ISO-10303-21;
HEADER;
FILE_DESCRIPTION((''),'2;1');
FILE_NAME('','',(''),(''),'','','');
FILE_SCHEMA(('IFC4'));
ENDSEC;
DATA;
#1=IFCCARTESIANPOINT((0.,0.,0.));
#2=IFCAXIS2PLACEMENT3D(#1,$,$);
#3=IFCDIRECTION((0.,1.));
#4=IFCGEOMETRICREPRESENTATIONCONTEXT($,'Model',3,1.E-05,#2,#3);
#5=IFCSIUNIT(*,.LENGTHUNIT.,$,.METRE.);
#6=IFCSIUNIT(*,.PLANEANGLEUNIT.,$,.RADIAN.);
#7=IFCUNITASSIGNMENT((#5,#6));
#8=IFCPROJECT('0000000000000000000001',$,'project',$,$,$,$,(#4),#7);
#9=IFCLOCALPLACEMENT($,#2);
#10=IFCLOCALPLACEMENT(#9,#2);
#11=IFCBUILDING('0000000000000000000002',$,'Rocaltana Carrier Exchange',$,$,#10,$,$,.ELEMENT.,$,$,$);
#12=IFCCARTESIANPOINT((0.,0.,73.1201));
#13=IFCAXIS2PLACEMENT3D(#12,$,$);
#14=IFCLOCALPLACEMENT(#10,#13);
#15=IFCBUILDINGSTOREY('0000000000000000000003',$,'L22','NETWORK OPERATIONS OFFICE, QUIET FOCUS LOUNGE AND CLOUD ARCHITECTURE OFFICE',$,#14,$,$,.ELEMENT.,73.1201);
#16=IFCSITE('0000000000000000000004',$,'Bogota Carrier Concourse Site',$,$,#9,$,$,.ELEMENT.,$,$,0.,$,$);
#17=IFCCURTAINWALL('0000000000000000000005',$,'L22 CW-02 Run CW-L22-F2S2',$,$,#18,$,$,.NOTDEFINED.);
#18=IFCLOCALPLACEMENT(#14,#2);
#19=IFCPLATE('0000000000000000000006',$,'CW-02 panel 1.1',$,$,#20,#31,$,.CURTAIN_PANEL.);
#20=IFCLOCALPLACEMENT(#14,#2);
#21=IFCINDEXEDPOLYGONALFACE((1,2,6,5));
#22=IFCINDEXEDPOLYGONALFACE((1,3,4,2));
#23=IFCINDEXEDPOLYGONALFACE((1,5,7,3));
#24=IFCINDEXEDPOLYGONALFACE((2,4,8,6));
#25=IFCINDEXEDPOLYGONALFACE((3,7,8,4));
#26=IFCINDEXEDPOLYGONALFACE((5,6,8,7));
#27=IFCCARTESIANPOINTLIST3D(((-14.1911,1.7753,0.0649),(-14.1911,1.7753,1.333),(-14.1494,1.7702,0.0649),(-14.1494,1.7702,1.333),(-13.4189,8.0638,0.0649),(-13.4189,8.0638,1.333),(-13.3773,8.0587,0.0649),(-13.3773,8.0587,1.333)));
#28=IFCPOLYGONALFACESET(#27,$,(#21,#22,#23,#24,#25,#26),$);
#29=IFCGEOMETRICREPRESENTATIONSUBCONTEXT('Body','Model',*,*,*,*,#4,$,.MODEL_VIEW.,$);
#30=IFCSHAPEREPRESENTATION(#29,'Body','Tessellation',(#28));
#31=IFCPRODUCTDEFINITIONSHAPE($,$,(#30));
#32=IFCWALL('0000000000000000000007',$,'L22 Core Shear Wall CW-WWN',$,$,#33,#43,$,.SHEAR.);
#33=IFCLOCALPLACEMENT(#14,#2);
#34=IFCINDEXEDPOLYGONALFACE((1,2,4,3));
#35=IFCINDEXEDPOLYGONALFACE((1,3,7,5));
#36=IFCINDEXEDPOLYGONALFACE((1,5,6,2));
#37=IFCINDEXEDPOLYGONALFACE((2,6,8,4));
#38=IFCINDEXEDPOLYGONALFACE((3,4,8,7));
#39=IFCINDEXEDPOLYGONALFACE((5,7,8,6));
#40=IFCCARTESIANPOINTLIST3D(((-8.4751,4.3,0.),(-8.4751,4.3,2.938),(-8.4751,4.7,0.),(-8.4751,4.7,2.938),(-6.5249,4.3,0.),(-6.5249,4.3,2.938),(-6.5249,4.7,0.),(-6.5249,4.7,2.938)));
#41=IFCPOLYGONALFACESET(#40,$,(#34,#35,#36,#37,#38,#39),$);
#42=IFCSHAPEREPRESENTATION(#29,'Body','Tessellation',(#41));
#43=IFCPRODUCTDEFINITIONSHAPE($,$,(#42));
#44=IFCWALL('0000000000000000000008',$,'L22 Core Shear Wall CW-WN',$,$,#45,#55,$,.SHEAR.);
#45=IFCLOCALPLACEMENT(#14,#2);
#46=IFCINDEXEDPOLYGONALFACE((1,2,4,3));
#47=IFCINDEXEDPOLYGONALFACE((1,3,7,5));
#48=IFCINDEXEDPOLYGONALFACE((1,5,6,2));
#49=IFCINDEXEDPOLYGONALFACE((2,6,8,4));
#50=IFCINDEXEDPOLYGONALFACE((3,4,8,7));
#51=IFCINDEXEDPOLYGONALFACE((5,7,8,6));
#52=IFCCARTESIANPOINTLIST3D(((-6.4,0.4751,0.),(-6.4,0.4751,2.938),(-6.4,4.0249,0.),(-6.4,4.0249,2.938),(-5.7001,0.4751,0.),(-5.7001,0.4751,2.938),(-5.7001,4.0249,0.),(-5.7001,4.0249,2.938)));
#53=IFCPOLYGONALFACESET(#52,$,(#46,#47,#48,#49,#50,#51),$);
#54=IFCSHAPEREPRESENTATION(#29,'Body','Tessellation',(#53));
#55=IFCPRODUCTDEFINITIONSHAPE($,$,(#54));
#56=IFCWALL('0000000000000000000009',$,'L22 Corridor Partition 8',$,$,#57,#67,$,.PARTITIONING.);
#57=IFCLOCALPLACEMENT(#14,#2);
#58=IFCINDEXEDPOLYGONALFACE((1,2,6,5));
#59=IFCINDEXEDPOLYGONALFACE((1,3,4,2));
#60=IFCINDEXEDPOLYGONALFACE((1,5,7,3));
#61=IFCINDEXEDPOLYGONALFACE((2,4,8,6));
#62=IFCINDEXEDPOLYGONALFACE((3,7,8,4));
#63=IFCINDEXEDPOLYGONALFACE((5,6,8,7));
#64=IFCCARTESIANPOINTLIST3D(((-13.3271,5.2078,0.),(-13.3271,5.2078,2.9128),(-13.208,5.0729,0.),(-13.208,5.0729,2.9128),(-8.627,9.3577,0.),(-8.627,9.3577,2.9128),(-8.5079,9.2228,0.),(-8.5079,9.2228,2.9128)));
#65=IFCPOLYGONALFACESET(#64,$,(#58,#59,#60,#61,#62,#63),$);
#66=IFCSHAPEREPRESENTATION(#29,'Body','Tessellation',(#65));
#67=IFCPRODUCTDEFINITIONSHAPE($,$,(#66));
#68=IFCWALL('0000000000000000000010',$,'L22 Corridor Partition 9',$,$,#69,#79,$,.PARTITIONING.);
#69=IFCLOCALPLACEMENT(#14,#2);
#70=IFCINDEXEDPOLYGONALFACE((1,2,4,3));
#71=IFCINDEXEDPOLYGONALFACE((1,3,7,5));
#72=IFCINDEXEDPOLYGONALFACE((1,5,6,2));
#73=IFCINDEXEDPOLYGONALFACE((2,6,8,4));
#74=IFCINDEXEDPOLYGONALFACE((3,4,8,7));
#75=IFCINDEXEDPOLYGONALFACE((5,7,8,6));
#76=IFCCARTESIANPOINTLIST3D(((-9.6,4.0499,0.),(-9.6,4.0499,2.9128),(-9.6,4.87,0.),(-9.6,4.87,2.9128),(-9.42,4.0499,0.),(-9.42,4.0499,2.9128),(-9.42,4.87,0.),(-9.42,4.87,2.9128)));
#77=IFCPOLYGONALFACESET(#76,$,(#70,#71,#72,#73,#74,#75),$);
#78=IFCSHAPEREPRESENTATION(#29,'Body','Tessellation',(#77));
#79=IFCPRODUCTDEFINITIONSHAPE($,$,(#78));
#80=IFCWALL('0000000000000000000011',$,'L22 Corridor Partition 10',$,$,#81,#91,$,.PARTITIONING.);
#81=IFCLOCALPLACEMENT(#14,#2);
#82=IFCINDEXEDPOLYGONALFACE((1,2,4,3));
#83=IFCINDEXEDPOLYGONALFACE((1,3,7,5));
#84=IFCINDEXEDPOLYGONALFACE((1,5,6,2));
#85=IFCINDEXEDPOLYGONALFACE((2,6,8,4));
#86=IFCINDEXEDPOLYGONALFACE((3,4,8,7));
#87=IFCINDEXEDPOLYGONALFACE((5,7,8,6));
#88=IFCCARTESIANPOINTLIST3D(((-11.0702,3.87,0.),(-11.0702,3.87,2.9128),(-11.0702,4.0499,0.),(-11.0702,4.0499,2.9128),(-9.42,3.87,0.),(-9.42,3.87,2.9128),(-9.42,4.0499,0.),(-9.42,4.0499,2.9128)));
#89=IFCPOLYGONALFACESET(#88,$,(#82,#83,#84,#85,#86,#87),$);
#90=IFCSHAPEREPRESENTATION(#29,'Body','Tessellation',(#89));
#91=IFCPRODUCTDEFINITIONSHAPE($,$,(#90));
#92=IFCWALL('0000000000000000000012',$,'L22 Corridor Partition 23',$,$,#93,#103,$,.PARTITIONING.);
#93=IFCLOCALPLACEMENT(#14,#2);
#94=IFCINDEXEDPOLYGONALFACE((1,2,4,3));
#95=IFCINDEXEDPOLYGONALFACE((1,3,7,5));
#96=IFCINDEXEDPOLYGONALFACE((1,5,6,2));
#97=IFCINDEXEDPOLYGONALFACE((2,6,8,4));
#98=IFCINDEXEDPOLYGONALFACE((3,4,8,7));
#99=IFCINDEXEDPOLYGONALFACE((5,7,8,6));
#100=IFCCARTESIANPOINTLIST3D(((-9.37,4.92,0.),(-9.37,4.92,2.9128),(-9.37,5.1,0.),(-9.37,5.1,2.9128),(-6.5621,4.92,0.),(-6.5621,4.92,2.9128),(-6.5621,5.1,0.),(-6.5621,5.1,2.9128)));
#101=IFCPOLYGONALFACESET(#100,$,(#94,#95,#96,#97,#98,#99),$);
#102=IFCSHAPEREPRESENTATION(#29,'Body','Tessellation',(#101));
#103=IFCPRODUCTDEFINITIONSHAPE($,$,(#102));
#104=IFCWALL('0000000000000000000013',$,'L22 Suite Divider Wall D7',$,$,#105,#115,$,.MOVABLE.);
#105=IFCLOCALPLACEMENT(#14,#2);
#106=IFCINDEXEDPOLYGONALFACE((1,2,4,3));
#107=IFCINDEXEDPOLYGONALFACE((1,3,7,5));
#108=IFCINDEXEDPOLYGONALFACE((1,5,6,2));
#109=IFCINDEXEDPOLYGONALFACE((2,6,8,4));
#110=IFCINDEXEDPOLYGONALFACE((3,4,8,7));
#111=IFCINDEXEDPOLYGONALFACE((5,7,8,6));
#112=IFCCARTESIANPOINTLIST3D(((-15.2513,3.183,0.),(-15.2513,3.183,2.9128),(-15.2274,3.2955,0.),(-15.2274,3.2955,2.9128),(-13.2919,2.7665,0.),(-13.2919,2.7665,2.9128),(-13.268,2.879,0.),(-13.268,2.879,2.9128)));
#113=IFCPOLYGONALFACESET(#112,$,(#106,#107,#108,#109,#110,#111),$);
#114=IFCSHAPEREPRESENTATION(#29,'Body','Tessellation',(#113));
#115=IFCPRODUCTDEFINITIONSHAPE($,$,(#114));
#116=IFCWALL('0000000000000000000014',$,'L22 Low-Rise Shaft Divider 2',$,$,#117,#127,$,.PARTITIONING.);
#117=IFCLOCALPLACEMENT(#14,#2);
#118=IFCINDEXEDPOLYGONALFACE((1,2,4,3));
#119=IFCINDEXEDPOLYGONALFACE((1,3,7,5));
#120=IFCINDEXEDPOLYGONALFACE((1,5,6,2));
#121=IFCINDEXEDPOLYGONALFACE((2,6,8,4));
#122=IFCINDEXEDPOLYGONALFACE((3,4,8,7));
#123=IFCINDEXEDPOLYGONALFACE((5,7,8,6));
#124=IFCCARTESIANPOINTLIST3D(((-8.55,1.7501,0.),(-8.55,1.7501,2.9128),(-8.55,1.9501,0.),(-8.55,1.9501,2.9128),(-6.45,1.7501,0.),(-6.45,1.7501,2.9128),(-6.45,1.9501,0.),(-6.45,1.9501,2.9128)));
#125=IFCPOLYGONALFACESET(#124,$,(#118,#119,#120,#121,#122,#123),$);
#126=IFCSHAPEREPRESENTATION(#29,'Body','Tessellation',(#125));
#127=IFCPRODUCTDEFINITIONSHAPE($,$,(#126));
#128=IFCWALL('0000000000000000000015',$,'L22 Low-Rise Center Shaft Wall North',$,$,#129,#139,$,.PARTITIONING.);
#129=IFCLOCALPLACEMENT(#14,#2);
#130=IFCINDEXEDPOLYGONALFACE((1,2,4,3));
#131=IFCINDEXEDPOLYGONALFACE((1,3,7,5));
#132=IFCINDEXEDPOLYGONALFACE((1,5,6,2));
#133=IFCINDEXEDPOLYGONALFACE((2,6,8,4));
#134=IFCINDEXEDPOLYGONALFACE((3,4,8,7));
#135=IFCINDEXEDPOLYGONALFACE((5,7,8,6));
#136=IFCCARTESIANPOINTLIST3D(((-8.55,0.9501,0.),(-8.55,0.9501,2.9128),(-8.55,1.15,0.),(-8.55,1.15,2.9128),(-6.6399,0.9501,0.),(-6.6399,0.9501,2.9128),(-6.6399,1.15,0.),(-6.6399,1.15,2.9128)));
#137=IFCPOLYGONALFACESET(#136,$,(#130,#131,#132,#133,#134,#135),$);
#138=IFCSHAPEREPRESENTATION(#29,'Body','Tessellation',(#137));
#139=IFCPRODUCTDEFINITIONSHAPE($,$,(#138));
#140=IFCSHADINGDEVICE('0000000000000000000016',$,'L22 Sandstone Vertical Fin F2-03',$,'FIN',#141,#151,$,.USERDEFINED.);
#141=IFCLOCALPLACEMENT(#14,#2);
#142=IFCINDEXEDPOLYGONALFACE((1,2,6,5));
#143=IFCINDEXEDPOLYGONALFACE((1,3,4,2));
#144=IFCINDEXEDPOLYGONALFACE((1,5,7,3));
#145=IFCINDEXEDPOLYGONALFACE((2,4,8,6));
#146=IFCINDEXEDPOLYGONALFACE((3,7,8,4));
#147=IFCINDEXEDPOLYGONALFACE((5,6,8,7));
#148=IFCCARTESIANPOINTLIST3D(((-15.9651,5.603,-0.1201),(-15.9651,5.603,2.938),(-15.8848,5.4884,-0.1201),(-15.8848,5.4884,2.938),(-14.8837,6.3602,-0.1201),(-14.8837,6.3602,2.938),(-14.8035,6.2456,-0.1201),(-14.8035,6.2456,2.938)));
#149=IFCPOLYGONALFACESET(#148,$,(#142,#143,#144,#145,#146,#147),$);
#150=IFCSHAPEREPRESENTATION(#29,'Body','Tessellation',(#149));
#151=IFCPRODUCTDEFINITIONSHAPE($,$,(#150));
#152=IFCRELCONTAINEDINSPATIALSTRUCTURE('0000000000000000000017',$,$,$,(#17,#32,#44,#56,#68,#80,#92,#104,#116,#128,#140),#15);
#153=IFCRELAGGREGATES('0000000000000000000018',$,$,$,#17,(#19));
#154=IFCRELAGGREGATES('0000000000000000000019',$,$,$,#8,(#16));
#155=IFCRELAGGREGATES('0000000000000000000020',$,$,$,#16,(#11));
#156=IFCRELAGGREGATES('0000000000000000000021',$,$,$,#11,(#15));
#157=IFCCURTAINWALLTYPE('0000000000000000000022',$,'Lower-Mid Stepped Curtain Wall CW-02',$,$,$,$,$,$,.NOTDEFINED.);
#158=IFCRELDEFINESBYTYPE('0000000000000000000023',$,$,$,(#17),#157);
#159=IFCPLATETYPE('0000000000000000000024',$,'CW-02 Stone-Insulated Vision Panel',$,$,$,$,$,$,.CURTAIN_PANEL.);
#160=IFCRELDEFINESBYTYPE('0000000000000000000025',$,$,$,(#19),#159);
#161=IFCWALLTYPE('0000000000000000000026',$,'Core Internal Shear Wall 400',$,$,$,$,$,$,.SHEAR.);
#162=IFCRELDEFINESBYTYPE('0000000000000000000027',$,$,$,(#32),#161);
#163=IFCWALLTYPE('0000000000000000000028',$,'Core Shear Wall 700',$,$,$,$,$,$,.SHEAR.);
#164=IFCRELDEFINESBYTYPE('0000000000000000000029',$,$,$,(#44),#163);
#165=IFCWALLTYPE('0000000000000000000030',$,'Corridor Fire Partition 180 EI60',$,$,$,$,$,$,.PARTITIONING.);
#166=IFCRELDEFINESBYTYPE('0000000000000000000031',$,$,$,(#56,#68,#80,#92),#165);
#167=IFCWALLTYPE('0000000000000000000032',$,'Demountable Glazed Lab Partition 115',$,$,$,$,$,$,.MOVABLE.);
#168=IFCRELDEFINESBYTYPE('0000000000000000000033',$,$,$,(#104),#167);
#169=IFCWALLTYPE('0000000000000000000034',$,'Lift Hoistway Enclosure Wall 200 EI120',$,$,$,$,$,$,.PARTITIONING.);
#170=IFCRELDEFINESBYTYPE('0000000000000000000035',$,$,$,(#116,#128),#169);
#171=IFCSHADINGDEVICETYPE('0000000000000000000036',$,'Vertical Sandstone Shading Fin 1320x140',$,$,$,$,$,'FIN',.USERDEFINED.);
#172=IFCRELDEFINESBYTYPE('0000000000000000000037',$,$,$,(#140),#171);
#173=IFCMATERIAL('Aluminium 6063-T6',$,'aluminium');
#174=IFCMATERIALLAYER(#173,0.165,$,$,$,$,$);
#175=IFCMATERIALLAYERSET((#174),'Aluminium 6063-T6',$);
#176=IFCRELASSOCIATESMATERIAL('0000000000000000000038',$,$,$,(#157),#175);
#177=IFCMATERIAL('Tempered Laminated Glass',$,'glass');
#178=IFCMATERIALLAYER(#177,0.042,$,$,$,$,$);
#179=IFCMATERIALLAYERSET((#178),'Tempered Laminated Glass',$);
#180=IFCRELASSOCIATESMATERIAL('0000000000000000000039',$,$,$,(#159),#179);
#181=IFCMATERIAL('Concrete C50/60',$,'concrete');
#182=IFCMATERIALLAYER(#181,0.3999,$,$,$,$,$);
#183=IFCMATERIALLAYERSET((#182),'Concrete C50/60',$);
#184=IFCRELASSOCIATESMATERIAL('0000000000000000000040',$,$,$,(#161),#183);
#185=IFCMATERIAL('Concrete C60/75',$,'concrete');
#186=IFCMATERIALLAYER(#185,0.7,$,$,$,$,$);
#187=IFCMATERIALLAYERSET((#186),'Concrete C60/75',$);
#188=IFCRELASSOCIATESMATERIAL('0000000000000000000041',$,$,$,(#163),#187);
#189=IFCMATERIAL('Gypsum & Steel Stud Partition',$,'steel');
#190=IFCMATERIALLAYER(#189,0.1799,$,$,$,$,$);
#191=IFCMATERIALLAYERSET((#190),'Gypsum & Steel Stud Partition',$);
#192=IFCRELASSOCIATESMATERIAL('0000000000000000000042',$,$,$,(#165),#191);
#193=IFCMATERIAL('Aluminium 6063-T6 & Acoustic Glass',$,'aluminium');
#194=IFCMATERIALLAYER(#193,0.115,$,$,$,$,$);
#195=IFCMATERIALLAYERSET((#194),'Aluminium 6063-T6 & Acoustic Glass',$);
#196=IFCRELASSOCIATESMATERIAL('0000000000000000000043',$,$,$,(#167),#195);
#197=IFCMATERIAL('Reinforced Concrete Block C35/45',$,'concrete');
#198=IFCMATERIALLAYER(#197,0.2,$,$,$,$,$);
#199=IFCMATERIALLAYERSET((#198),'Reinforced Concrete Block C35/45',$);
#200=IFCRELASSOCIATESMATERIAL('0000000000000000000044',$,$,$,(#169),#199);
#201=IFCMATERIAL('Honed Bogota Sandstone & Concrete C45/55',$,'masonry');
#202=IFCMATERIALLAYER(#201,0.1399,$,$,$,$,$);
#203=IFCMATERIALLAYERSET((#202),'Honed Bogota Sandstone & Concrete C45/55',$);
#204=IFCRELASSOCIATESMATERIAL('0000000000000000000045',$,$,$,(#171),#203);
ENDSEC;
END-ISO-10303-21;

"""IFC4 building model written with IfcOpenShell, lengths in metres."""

from ifc_helpers import new_model, si_unit, direction, frame, frame_2d, origin, origin_2d, place, context, subcontext, project, spatial, rectangle, extrude, material, layer, layer_set, type_object, element, aggregate, save


model = new_model("IFC4")

# Units and contexts
model_context = context("Model", 3, precision=1e-05, world=origin(), true_north=direction((0.0, 1.0)))
body_context = subcontext(model_context, "Body", "Model", "MODEL_VIEW")
ifc_project = project(units=[si_unit("LENGTHUNIT", "METRE"), si_unit("PLANEANGLEUNIT", "RADIAN")], contexts=[model_context])

# Site, building, storey
site_placement = place(None, origin())
site = spatial("IfcSite", under=ifc_project, at=site_placement, Name="Bogota Carrier Concourse Site", CompositionType="ELEMENT", RefElevation=0.0)
building_placement = place(site_placement, origin())
building = spatial("IfcBuilding", under=site, at=building_placement, Name="Rocaltana Carrier Exchange", CompositionType="ELEMENT")
storey_placement = place(building_placement, frame((0.0, 0.0, 73.1201)))
storey = spatial("IfcBuildingStorey", under=building, at=storey_placement, Name="L22", Description="NETWORK OPERATIONS OFFICE, QUIET FOCUS LOUNGE AND CLOUD ARCHITECTURE OFFICE", CompositionType="ELEMENT", Elevation=73.1201)

# Curtain wall
ifc_material_1 = material(Name="Aluminium 6063-T6", Category="aluminium")
ifc_layer_1 = layer(ifc_material_1, 0.165)
ifc_layer_set_1 = layer_set([ifc_layer_1], Name="Aluminium 6063-T6")
curtain_wall_type = type_object("IfcCurtainWallType", Name="Lower-Mid Stepped Curtain Wall CW-02", PredefinedType="NOTDEFINED", material=ifc_layer_set_1)
curtain_wall_placement = place(storey_placement, origin())
curtain_wall = element("IfcCurtainWall", 1, at=curtain_wall_placement, inside=storey, type_object=curtain_wall_type, Name="L22 CW-02 Run CW-L22-F2S2", PredefinedType="NOTDEFINED")

# Plate
ifc_material_2 = material(Name="Tempered Laminated Glass", Category="glass")
ifc_layer_2 = layer(ifc_material_2, 0.042)
ifc_layer_set_2 = layer_set([ifc_layer_2], Name="Tempered Laminated Glass")
plate_type = type_object("IfcPlateType", Name="CW-02 Stone-Insulated Vision Panel", PredefinedType="CURTAIN_PANEL", material=ifc_layer_set_2)
plate_placement = place(storey_placement, frame((-13.7842, 4.917, 0.0649), z_axis=(0.0, 0.0, 1.0), x_axis=(-0.121874, -0.992546, 0.0)))
plate = element("IfcPlate", 2, at=plate_placement, type_object=plate_type, Name="CW-02 panel 1.1", PredefinedType="CURTAIN_PANEL", context=body_context, shape_type="SweptSolid", body=[
    extrude(rectangle(XDim=6.3357, YDim=0.042, at=origin_2d()), origin(), (0.0, 0.0, 1.0), 1.2681),
])
aggregate(curtain_wall, [plate])

# Walls
ifc_material_3 = material(Name="Concrete C50/60", Category="concrete")
ifc_layer_3 = layer(ifc_material_3, 0.3999)
ifc_layer_set_3 = layer_set([ifc_layer_3], Name="Concrete C50/60")
wall_type_1 = type_object("IfcWallType", Name="Core Internal Shear Wall 400", PredefinedType="SHEAR", material=ifc_layer_set_3)
wall_1_placement = place(storey_placement, frame((-8.4751, 4.5, 0.0), z_axis=(0.0, 0.0, 1.0), x_axis=(1.0, 0.0, 0.0)))
element("IfcWall", 3, at=wall_1_placement, inside=storey, type_object=wall_type_1, Name="L22 Core Shear Wall CW-WWN", PredefinedType="SHEAR", context=body_context, shape_type="SweptSolid", body=[
    extrude(rectangle(XDim=1.9502, YDim=0.3999, at=frame_2d((0.9751, 0.0))), origin(), (0.0, 0.0, 1.0), 2.938),
])
ifc_material_4 = material(Name="Concrete C60/75", Category="concrete")
ifc_layer_4 = layer(ifc_material_4, 0.7)
ifc_layer_set_4 = layer_set([ifc_layer_4], Name="Concrete C60/75")
wall_type_2 = type_object("IfcWallType", Name="Core Shear Wall 700", PredefinedType="SHEAR", material=ifc_layer_set_4)
wall_2_placement = place(storey_placement, frame((-6.05, 0.4751, 0.0), z_axis=(0.0, 0.0, 1.0), x_axis=(0.0, 1.0, 0.0)))
element("IfcWall", 4, at=wall_2_placement, inside=storey, type_object=wall_type_2, Name="L22 Core Shear Wall CW-WN", PredefinedType="SHEAR", context=body_context, shape_type="SweptSolid", body=[
    extrude(rectangle(XDim=3.5498, YDim=0.7, at=frame_2d((1.7749, 0.0))), origin(), (0.0, 0.0, 1.0), 2.938),
])
ifc_material_5 = material(Name="Gypsum & Steel Stud Partition", Category="steel")
ifc_layer_5 = layer(ifc_material_5, 0.1799)
ifc_layer_set_5 = layer_set([ifc_layer_5], Name="Gypsum & Steel Stud Partition")
wall_type_3 = type_object("IfcWallType", Name="Corridor Fire Partition 180 EI60", PredefinedType="PARTITIONING", material=ifc_layer_set_5)
wall_3_placement = place(storey_placement, frame((-13.2676, 5.1404, 0.0), z_axis=(0.0, 0.0, 1.0), x_axis=(0.749626, 0.661861, 0.0)))
element("IfcWall", 5, at=wall_3_placement, inside=storey, type_object=wall_type_3, Name="L22 Corridor Partition 8", PredefinedType="PARTITIONING", context=body_context, shape_type="SweptSolid", body=[
    extrude(rectangle(XDim=6.27, YDim=0.1799, at=frame_2d((3.135, 0.0))), origin(), (0.0, 0.0, 1.0), 2.9128),
])
wall_4_placement = place(storey_placement, frame((-9.51, 4.8701, 0.0), z_axis=(0.0, 0.0, 1.0), x_axis=(0.0, -1.0, 0.0)))
element("IfcWall", 6, at=wall_4_placement, inside=storey, type_object=wall_type_3, Name="L22 Corridor Partition 9", PredefinedType="PARTITIONING", context=body_context, shape_type="SweptSolid", body=[
    extrude(rectangle(XDim=0.8201, YDim=0.1799, at=frame_2d((0.4102, 0.0))), origin(), (0.0, 0.0, 1.0), 2.9128),
])
wall_5_placement = place(storey_placement, frame((-9.4199, 3.96, 0.0), z_axis=(0.0, 0.0, 1.0), x_axis=(-1.0, 0.0, 0.0)))
element("IfcWall", 7, at=wall_5_placement, inside=storey, type_object=wall_type_3, Name="L22 Corridor Partition 10", PredefinedType="PARTITIONING", context=body_context, shape_type="SweptSolid", body=[
    extrude(rectangle(XDim=1.6501, YDim=0.1799, at=frame_2d((0.8252, 0.0))), origin(), (0.0, 0.0, 1.0), 2.9128),
])
wall_6_placement = place(storey_placement, frame((-6.5623, 5.01, 0.0), z_axis=(0.0, 0.0, 1.0), x_axis=(-1.0, 0.0, 0.0)))
element("IfcWall", 8, at=wall_6_placement, inside=storey, type_object=wall_type_3, Name="L22 Corridor Partition 23", PredefinedType="PARTITIONING", context=body_context, shape_type="SweptSolid", body=[
    extrude(rectangle(XDim=2.8079, YDim=0.1799, at=frame_2d((1.4038, 0.0))), origin(), (0.0, 0.0, 1.0), 2.9128),
])
ifc_material_6 = material(Name="Aluminium 6063-T6 & Acoustic Glass", Category="aluminium")
ifc_layer_6 = layer(ifc_material_6, 0.115)
ifc_layer_set_6 = layer_set([ifc_layer_6], Name="Aluminium 6063-T6 & Acoustic Glass")
wall_type_4 = type_object("IfcWallType", Name="Demountable Glazed Lab Partition 115", PredefinedType="MOVABLE", material=ifc_layer_set_6)
wall_7_placement = place(storey_placement, frame((-13.28, 2.8228, 0.0), z_axis=(0.0, 0.0, 1.0), x_axis=(-0.978147, 0.207914, 0.0)))
element("IfcWall", 9, at=wall_7_placement, inside=storey, type_object=wall_type_4, Name="L22 Suite Divider Wall D7", PredefinedType="MOVABLE", context=body_context, shape_type="SweptSolid", body=[
    extrude(rectangle(XDim=2.0032, YDim=0.115, at=frame_2d((1.0015, 0.0))), origin(), (0.0, 0.0, 1.0), 2.9128),
])
ifc_material_7 = material(Name="Reinforced Concrete Block C35/45", Category="concrete")
ifc_layer_7 = layer(ifc_material_7, 0.2)
ifc_layer_set_7 = layer_set([ifc_layer_7], Name="Reinforced Concrete Block C35/45")
wall_type_5 = type_object("IfcWallType", Name="Lift Hoistway Enclosure Wall 200 EI120", PredefinedType="PARTITIONING", material=ifc_layer_set_7)
wall_8_placement = place(storey_placement, frame((-8.55, 1.8501, 0.0), z_axis=(0.0, 0.0, 1.0), x_axis=(1.0, 0.0, 0.0)))
element("IfcWall", 10, at=wall_8_placement, inside=storey, type_object=wall_type_5, Name="L22 Low-Rise Shaft Divider 2", PredefinedType="PARTITIONING", context=body_context, shape_type="SweptSolid", body=[
    extrude(rectangle(XDim=2.1001, YDim=0.2, at=frame_2d((1.05, 0.0))), origin(), (0.0, 0.0, 1.0), 2.9128),
])
wall_9_placement = place(storey_placement, frame((-8.55, 1.05, 0.0), z_axis=(0.0, 0.0, 1.0), x_axis=(1.0, 0.0, 0.0)))
element("IfcWall", 11, at=wall_9_placement, inside=storey, type_object=wall_type_5, Name="L22 Low-Rise Center Shaft Wall North", PredefinedType="PARTITIONING", context=body_context, shape_type="SweptSolid", body=[
    extrude(rectangle(XDim=1.9102, YDim=0.2, at=frame_2d((0.9551, 0.0))), origin(), (0.0, 0.0, 1.0), 2.9128),
])

# Shading device
ifc_material_8 = material(Name="Honed Bogota Sandstone & Concrete C45/55", Category="masonry")
ifc_layer_8 = layer(ifc_material_8, 0.1399)
ifc_layer_set_8 = layer_set([ifc_layer_8], Name="Honed Bogota Sandstone & Concrete C45/55")
shading_device_type = type_object("IfcShadingDeviceType", Name="Vertical Sandstone Shading Fin 1320x140", ElementType="FIN", PredefinedType="USERDEFINED", material=ifc_layer_set_8)
shading_device_placement = place(storey_placement, frame((-15.3843, 5.9243, -0.1201), z_axis=(0.0, 0.0, 1.0), x_axis=(-0.819152, -0.573576, 0.0)))
element("IfcShadingDevice", 12, at=shading_device_placement, inside=storey, type_object=shading_device_type, Name="L22 Sandstone Vertical Fin F2-03", ObjectType="FIN", PredefinedType="USERDEFINED", context=body_context, shape_type="SweptSolid", body=[
    extrude(rectangle(XDim=1.3201, YDim=0.1399, at=origin_2d()), origin(), (0.0, 0.0, 1.0), 3.0581),
])

save(model, "model.ifc")
